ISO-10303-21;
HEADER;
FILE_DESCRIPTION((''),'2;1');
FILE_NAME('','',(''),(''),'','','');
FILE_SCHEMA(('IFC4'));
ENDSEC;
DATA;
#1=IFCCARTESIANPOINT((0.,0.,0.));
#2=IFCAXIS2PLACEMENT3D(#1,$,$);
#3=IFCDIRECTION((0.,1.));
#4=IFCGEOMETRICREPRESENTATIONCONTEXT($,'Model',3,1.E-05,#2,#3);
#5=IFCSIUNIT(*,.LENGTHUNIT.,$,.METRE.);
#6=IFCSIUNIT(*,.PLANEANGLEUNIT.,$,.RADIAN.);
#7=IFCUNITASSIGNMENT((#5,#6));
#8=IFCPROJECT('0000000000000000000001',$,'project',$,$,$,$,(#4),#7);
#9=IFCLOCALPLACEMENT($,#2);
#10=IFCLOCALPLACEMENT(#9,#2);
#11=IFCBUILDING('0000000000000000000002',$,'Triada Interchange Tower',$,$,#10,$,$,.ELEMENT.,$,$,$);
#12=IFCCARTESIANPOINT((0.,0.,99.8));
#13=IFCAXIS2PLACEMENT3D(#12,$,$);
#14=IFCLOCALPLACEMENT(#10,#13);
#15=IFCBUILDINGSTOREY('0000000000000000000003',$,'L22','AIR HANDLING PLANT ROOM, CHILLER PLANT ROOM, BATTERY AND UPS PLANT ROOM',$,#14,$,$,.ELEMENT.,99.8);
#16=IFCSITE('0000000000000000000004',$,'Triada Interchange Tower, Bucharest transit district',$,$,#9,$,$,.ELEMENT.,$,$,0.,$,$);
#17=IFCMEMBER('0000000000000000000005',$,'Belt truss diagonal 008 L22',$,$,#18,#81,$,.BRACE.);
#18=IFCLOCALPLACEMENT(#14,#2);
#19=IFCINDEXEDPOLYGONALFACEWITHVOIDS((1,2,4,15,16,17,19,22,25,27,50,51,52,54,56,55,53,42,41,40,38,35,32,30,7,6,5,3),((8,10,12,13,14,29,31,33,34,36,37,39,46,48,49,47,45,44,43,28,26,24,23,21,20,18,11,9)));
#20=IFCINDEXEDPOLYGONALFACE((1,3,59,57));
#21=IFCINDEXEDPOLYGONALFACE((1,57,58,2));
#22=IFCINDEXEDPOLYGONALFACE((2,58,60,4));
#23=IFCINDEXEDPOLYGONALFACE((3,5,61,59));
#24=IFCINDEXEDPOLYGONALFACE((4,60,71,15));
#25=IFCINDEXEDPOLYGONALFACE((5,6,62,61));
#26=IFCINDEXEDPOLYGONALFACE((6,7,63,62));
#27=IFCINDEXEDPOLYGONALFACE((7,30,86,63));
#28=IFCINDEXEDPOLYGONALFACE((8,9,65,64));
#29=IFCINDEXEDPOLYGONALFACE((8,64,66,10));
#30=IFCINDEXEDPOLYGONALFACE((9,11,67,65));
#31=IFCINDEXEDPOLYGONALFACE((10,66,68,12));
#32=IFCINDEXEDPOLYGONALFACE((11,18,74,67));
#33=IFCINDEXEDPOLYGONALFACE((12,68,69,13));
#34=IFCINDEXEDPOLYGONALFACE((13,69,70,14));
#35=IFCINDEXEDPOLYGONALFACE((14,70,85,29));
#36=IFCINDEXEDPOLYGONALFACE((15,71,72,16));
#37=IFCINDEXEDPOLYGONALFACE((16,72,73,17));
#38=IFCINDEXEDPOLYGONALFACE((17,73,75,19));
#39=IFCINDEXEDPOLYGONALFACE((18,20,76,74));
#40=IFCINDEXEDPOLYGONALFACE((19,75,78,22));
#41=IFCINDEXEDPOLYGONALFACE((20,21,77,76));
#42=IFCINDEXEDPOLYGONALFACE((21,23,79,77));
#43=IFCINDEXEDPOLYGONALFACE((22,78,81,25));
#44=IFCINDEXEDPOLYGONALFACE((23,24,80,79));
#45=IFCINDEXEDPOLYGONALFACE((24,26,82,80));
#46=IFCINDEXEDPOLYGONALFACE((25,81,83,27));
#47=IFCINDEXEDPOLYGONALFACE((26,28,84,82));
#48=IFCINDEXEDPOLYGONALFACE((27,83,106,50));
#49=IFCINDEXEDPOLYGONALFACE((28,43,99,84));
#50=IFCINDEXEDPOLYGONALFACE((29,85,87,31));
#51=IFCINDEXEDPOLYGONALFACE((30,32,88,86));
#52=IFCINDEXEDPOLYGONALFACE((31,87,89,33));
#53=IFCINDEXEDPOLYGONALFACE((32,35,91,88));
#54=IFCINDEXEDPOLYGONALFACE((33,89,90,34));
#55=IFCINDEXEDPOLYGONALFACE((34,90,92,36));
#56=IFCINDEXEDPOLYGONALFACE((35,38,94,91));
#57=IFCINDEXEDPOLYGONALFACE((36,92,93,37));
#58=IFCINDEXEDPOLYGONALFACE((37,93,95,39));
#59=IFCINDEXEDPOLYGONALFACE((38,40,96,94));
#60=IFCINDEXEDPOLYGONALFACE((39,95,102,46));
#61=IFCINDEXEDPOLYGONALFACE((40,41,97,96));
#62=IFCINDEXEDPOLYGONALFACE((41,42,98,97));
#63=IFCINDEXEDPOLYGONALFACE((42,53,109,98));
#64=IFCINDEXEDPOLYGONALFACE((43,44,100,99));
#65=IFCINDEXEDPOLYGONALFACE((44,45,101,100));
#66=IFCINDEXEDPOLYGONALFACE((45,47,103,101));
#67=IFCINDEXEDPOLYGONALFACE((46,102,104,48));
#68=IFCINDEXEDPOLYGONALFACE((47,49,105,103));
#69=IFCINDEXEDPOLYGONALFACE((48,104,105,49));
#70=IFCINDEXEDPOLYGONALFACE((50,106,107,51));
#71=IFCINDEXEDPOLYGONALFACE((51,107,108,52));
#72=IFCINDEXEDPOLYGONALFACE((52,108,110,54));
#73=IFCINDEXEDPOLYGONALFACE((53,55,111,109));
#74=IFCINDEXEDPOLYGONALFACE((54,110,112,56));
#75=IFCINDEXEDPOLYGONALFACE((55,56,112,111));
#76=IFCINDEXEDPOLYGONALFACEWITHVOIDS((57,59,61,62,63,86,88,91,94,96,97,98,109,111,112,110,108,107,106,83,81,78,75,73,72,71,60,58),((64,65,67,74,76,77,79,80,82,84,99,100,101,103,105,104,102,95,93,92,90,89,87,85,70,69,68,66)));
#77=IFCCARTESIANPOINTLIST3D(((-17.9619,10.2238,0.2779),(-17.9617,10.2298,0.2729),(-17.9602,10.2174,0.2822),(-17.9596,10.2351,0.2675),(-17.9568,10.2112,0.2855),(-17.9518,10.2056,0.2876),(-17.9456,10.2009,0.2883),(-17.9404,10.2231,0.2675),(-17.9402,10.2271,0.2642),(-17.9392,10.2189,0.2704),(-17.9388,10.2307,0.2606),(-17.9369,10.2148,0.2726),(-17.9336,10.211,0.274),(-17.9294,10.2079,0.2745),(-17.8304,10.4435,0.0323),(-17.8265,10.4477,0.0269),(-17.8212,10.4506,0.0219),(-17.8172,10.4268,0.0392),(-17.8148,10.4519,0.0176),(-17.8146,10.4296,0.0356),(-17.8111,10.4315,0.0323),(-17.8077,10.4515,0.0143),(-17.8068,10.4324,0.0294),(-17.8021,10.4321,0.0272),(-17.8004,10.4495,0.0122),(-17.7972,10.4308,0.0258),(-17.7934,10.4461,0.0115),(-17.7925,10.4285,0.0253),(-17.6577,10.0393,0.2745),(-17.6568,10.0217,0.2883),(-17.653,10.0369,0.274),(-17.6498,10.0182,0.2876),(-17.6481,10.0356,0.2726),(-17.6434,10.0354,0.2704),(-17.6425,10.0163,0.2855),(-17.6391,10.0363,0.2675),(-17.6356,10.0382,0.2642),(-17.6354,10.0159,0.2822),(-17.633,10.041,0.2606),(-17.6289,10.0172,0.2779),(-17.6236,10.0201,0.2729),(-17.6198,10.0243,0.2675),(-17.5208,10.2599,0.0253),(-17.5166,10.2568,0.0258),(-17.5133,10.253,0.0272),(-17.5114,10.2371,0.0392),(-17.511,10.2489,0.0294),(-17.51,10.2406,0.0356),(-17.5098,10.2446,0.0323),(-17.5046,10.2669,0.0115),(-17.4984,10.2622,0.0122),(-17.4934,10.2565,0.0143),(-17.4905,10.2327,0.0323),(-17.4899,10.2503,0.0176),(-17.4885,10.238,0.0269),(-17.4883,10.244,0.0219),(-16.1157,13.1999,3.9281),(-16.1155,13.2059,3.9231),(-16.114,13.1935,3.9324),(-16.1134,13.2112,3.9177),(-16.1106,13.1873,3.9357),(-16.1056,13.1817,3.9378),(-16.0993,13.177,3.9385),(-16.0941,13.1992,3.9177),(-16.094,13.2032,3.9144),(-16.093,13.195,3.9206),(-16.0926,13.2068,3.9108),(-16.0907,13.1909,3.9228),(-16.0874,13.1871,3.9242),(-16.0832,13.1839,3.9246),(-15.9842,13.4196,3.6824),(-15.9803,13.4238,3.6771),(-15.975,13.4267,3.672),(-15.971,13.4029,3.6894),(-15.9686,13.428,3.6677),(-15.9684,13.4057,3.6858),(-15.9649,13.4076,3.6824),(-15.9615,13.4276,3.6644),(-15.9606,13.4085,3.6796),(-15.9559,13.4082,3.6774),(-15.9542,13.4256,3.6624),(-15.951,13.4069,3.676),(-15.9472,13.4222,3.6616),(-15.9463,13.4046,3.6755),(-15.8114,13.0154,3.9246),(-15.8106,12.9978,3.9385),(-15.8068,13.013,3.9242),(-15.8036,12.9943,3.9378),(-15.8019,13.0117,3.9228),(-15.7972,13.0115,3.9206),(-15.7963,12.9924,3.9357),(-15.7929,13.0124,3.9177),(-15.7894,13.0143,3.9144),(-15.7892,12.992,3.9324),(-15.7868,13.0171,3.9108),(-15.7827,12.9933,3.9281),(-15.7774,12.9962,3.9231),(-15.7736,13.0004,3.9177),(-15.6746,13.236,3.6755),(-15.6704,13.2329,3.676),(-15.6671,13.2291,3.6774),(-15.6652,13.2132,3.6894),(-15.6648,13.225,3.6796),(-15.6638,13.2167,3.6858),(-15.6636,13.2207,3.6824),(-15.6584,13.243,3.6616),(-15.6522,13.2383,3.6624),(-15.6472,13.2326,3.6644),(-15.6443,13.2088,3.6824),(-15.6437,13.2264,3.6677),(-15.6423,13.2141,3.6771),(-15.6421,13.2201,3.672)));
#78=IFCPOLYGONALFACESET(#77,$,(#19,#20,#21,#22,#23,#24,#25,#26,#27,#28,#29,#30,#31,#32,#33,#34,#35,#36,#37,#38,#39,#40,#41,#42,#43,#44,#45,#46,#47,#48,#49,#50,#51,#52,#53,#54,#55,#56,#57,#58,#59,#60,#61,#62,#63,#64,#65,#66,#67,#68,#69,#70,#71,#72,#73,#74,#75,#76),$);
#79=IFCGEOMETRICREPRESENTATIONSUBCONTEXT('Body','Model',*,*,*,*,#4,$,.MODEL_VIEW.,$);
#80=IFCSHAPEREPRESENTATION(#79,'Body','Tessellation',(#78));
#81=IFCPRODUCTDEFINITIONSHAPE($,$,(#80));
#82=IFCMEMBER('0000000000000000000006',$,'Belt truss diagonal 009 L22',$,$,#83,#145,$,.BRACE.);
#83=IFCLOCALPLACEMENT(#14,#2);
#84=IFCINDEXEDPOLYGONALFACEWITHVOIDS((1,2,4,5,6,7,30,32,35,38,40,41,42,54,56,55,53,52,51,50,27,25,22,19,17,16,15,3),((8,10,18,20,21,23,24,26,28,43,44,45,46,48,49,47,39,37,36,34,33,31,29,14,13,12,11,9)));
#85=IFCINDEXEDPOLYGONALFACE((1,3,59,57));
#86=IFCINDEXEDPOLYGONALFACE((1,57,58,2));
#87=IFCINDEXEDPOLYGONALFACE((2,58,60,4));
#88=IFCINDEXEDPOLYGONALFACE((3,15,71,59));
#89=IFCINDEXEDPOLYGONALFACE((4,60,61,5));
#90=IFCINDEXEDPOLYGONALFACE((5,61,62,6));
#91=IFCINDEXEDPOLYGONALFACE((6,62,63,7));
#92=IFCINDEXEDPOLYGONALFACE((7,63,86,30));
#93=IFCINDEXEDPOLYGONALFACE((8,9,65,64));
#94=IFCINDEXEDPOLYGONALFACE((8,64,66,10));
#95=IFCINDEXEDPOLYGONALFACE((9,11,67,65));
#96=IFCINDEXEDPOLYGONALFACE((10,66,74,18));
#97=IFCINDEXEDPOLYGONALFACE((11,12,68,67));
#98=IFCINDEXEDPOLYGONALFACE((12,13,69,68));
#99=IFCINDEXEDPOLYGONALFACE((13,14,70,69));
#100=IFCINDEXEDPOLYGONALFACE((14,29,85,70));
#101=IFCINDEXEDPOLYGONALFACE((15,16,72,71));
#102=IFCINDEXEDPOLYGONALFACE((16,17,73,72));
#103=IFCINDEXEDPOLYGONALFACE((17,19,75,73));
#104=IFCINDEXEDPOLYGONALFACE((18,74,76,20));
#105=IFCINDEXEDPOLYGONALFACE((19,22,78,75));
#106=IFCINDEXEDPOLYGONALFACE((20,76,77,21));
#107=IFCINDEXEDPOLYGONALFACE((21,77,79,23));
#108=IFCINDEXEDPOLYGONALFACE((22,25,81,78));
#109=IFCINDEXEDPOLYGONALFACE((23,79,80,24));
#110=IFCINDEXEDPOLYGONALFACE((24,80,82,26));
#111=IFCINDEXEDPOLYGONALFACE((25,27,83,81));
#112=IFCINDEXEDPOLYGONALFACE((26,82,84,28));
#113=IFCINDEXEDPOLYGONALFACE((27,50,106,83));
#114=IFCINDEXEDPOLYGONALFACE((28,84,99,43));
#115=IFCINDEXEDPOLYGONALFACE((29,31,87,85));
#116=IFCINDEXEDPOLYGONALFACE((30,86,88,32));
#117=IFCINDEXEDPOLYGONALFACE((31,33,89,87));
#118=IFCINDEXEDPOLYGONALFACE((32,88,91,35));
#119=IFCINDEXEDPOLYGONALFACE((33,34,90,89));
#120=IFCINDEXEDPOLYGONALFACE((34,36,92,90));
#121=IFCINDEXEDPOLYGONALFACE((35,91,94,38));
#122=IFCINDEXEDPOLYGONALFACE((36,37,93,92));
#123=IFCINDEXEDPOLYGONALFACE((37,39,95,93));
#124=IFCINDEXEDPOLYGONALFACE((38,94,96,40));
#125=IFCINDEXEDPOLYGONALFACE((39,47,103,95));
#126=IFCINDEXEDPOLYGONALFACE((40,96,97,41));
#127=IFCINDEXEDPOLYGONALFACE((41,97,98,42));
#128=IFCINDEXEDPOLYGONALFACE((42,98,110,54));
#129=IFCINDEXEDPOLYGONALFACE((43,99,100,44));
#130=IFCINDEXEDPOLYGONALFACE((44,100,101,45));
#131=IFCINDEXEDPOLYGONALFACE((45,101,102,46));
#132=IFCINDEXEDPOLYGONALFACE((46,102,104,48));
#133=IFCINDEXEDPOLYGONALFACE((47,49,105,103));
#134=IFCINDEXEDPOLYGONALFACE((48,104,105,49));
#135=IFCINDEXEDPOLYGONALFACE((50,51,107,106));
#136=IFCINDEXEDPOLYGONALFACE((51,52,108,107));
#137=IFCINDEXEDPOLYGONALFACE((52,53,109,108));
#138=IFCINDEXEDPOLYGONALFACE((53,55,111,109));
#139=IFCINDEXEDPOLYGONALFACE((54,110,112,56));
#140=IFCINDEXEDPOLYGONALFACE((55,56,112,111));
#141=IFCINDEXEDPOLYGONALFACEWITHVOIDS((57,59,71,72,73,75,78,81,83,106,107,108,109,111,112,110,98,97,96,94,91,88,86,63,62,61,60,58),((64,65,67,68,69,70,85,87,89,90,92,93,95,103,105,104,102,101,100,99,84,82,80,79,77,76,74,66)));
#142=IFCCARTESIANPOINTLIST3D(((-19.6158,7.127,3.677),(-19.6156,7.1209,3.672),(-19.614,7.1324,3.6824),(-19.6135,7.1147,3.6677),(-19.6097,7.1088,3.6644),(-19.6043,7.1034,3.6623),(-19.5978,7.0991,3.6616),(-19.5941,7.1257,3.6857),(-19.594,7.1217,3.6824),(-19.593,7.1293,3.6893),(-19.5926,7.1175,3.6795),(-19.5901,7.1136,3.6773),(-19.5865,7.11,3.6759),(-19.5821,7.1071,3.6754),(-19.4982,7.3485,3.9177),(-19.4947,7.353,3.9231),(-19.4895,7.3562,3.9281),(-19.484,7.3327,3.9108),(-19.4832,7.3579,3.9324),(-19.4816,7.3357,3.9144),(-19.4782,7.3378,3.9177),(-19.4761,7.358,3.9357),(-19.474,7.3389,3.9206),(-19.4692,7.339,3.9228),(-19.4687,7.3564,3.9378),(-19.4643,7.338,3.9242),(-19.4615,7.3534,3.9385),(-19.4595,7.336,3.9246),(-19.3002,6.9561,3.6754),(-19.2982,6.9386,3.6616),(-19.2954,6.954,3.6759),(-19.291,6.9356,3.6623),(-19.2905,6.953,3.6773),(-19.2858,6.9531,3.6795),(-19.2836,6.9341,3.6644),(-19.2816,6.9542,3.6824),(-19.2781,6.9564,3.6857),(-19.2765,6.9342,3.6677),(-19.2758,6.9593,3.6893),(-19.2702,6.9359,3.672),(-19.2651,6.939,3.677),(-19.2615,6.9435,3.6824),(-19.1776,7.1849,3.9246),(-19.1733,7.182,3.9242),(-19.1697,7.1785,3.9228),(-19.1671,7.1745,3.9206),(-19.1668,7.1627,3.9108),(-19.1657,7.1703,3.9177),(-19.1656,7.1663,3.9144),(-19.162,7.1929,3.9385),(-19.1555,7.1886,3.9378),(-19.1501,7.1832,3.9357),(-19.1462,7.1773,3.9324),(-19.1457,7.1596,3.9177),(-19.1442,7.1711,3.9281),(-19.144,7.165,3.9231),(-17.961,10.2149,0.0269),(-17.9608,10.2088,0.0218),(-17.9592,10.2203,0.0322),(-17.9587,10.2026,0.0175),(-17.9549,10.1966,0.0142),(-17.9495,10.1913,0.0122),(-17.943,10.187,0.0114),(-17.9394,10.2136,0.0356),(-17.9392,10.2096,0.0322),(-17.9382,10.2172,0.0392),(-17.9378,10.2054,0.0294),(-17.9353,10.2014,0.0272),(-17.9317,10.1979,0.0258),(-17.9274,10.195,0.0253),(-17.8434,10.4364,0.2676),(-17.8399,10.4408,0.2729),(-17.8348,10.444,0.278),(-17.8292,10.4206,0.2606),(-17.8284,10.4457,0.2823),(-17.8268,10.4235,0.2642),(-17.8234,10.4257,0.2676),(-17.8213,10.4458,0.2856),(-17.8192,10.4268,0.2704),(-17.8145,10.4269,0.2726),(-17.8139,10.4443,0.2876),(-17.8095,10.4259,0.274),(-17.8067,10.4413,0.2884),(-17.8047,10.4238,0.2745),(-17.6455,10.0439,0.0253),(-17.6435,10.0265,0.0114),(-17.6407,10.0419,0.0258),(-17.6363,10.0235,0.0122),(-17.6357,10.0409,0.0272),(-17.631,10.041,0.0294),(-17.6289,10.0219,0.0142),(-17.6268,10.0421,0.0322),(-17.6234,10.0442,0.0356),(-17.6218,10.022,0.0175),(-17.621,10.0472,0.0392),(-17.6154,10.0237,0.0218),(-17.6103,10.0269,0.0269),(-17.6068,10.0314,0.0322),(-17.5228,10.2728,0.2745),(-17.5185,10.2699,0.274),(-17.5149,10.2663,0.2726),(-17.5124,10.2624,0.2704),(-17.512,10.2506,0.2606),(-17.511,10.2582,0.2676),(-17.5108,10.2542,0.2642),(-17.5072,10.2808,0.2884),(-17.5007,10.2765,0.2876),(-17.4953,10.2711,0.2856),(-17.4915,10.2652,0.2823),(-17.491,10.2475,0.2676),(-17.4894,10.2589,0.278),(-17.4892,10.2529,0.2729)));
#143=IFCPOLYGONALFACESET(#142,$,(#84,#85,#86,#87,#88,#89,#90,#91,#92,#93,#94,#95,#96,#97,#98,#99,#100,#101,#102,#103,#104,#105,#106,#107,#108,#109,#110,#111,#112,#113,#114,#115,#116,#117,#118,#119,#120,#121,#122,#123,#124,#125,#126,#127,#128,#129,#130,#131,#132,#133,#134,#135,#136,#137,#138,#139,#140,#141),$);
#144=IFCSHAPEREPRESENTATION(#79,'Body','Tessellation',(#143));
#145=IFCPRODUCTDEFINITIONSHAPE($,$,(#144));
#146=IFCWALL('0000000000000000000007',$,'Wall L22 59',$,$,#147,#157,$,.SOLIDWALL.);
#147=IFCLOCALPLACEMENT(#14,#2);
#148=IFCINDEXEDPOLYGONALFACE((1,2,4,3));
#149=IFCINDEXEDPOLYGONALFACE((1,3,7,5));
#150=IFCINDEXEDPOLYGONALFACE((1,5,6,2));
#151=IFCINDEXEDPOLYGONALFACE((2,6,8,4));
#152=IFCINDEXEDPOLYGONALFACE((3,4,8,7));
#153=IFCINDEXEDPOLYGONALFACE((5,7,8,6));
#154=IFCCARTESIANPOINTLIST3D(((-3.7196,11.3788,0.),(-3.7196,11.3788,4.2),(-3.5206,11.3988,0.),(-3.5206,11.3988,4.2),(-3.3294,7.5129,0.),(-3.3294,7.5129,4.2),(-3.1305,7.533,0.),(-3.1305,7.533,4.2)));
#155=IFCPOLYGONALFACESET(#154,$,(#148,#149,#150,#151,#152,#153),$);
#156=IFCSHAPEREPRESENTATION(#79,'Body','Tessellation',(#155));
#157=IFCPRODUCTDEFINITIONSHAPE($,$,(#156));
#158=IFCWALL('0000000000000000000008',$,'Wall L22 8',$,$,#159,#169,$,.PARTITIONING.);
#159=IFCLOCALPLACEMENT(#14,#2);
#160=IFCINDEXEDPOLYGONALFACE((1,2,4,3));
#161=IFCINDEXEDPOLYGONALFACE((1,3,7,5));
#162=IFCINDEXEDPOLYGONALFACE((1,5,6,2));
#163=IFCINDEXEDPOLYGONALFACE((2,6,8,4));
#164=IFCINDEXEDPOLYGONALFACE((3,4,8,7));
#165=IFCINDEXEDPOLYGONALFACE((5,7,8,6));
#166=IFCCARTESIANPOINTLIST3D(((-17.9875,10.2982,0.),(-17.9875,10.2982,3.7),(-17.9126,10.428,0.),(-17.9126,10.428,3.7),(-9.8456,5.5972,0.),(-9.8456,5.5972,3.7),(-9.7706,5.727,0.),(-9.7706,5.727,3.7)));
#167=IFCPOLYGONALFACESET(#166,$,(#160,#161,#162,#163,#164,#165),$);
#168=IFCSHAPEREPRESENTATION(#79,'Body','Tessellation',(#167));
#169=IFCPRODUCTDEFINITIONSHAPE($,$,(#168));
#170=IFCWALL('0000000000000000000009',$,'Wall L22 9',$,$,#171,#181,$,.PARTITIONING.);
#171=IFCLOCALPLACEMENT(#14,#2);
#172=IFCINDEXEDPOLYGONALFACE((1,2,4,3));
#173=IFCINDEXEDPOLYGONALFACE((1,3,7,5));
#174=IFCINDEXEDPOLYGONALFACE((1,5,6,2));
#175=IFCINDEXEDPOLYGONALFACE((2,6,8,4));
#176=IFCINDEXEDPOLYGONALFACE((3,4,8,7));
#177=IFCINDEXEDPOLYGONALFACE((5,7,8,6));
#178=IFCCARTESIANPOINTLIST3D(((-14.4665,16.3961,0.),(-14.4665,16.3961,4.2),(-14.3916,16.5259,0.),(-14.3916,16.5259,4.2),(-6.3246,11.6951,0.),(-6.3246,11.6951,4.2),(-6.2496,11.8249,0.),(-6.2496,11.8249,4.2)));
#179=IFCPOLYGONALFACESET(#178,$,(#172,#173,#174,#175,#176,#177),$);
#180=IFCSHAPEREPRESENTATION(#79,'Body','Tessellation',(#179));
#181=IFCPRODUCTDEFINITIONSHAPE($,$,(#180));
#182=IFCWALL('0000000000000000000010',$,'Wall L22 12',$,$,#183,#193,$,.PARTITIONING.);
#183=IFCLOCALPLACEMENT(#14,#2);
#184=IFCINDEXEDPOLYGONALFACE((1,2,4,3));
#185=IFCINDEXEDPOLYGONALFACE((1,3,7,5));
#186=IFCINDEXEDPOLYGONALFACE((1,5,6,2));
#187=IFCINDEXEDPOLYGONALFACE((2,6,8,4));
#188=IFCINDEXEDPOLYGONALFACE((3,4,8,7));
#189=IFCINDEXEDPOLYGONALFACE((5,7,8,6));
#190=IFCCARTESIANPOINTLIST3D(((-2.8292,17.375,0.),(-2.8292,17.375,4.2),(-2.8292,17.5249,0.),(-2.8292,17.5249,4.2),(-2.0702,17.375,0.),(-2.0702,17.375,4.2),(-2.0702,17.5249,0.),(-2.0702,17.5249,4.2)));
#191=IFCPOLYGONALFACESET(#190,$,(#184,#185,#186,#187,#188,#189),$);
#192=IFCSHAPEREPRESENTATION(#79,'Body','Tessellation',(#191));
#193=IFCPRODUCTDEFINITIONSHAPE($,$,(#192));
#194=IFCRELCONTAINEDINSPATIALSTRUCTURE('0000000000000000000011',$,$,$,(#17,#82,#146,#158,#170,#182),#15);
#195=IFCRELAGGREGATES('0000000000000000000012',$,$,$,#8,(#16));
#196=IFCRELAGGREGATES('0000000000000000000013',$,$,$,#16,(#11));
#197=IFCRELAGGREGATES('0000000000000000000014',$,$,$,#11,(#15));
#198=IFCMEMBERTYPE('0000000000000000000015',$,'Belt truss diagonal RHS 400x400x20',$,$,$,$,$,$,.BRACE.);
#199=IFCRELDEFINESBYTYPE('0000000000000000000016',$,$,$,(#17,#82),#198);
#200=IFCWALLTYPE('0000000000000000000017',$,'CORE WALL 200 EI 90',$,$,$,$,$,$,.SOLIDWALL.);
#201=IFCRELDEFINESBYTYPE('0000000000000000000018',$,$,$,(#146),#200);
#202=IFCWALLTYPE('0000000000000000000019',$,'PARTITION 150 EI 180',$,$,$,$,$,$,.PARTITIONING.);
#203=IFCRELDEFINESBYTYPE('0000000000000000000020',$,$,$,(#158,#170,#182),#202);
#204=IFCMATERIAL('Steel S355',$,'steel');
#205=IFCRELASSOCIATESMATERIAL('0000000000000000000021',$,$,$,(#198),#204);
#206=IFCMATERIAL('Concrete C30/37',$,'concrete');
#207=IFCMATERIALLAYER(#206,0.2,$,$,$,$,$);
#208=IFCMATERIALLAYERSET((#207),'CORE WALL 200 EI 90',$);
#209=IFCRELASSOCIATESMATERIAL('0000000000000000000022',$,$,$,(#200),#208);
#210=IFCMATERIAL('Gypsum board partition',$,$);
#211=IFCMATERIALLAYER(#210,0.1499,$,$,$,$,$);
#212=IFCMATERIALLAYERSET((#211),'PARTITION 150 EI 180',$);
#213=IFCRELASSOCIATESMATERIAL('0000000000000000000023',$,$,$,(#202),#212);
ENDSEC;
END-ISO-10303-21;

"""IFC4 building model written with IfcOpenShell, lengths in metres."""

from ifc_helpers import new_model, si_unit, direction, frame, frame_2d, origin, origin_2d, place, context, subcontext, project, spatial, rectangle, hollow_rectangle, extrude, material, layer, layer_set, material_profile, profile_set, type_object, element, save


model = new_model("IFC4")

# Units and contexts
model_context = context("Model", 3, precision=1e-05, world=origin(), true_north=direction((0.0, 1.0)))
body_context = subcontext(model_context, "Body", "Model", "MODEL_VIEW")
ifc_project = project(units=[si_unit("LENGTHUNIT", "METRE"), si_unit("PLANEANGLEUNIT", "RADIAN")], contexts=[model_context])

# Site, building, storey
site_placement = place(None, origin())
site = spatial("IfcSite", under=ifc_project, at=site_placement, Name="Triada Interchange Tower, Bucharest transit district", CompositionType="ELEMENT", RefElevation=0.0)
building_placement = place(site_placement, origin())
building = spatial("IfcBuilding", under=site, at=building_placement, Name="Triada Interchange Tower", CompositionType="ELEMENT")
storey_placement = place(building_placement, frame((0.0, 0.0, 99.8)))
storey = spatial("IfcBuildingStorey", under=building, at=storey_placement, Name="L22", Description="AIR HANDLING PLANT ROOM, CHILLER PLANT ROOM, BATTERY AND UPS PLANT ROOM", CompositionType="ELEMENT", Elevation=99.8)

# Members
ifc_material_1 = material(Name="Steel S355", Category="steel")
ifc_material_profile_1 = material_profile(ifc_material_1, hollow_rectangle(XDim=0.3999, YDim=0.3999, WallThickness=0.02, InnerFilletRadius=0.02, OuterFilletRadius=0.03, at=origin_2d()), Name="RHS 400x400x20")
ifc_profile_set_1 = profile_set([ifc_material_profile_1], Name="Steel S355")
member_type = type_object("IfcMemberType", Name="Belt truss diagonal RHS 400x400x20", PredefinedType="BRACE", material=ifc_profile_set_1)
member_1_placement = place(storey_placement, frame((-17.7251, 10.2339, 0.1499), z_axis=(0.364964, 0.588325, 0.721578), x_axis=(-0.849772, 0.527151, 0.0)))
element("IfcMember", 1, at=member_1_placement, inside=storey, type_object=member_type, Name="Belt truss diagonal 008 L22", PredefinedType="BRACE", context=body_context, shape_type="SweptSolid", body=[
    extrude(hollow_rectangle(XDim=0.3999, YDim=0.3999, WallThickness=0.02, InnerFilletRadius=0.02, OuterFilletRadius=0.03, at=origin_2d()), origin(), (0.0, 0.0, 1.0), 5.0586),
])
member_2_placement = place(storey_placement, frame((-17.7251, 10.2339, 0.1499), z_axis=(-0.327075, -0.610334, 0.721466), x_axis=(0.881414, -0.472345, 0.0)))
element("IfcMember", 2, at=member_2_placement, inside=storey, type_object=member_type, Name="Belt truss diagonal 009 L22", PredefinedType="BRACE", context=body_context, shape_type="SweptSolid", body=[
    extrude(hollow_rectangle(XDim=0.3999, YDim=0.3999, WallThickness=0.02, InnerFilletRadius=0.02, OuterFilletRadius=0.03, at=origin_2d()), origin(), (0.0, 0.0, 1.0), 5.0593),
])

# Wall
ifc_material_2 = material(Name="Concrete C30/37", Category="concrete")
ifc_layer_1 = layer(ifc_material_2, 0.2)
ifc_layer_set_1 = layer_set([ifc_layer_1], Name="CORE WALL 200 EI 90")
wall_type_1 = type_object("IfcWallType", Name="CORE WALL 200 EI 90", PredefinedType="SOLIDWALL", material=ifc_layer_set_1)
wall_1_placement = place(storey_placement, frame((-3.6201, 11.3889, 0.0), z_axis=(0.0, 0.0, 1.0), x_axis=(0.100406, -0.994947, 0.0)))
element("IfcWall", 3, at=wall_1_placement, inside=storey, type_object=wall_type_1, Name="Wall L22 59", PredefinedType="SOLIDWALL", context=body_context, shape_type="SweptSolid", body=[
    extrude(rectangle(XDim=3.8855, YDim=0.2, at=frame_2d((1.9429, 0.0))), origin(), (0.0, 0.0, 1.0), 4.2),
])

# Walls
ifc_material_3 = material(Name="Gypsum board partition")
ifc_layer_2 = layer(ifc_material_3, 0.1499)
ifc_layer_set_2 = layer_set([ifc_layer_2], Name="PARTITION 150 EI 180")
wall_type_2 = type_object("IfcWallType", Name="PARTITION 150 EI 180", PredefinedType="PARTITIONING", material=ifc_layer_set_2)
wall_2_placement = place(storey_placement, frame((-17.95, 10.363, 0.0), z_axis=(0.0, 0.0, 1.0), x_axis=(0.866015, -0.500018, 0.0)))
element("IfcWall", 4, at=wall_2_placement, inside=storey, type_object=wall_type_2, Name="Wall L22 8", PredefinedType="PARTITIONING", context=body_context, shape_type="SweptSolid", body=[
    extrude(rectangle(XDim=9.4016, YDim=0.1499, at=frame_2d((4.7007, 0.0))), origin(), (0.0, 0.0, 1.0), 3.7),
])
wall_3_placement = place(storey_placement, frame((-14.429, 16.4609, 0.0), z_axis=(0.0, 0.0, 1.0), x_axis=(0.866015, -0.500018, 0.0)))
element("IfcWall", 5, at=wall_3_placement, inside=storey, type_object=wall_type_2, Name="Wall L22 9", PredefinedType="PARTITIONING", context=body_context, shape_type="SweptSolid", body=[
    extrude(rectangle(XDim=9.4016, YDim=0.1499, at=frame_2d((4.7007, 0.0))), origin(), (0.0, 0.0, 1.0), 4.2),
])
wall_4_placement = place(storey_placement, frame((-2.8291, 17.45, 0.0), z_axis=(0.0, 0.0, 1.0), x_axis=(1.0, 0.0, 0.0)))
element("IfcWall", 6, at=wall_4_placement, inside=storey, type_object=wall_type_2, Name="Wall L22 12", PredefinedType="PARTITIONING", context=body_context, shape_type="SweptSolid", body=[
    extrude(rectangle(XDim=0.759, YDim=0.1499, at=frame_2d((0.3794, 0.0))), origin(), (0.0, 0.0, 1.0), 4.2),
])

save(model, "model.ifc")
